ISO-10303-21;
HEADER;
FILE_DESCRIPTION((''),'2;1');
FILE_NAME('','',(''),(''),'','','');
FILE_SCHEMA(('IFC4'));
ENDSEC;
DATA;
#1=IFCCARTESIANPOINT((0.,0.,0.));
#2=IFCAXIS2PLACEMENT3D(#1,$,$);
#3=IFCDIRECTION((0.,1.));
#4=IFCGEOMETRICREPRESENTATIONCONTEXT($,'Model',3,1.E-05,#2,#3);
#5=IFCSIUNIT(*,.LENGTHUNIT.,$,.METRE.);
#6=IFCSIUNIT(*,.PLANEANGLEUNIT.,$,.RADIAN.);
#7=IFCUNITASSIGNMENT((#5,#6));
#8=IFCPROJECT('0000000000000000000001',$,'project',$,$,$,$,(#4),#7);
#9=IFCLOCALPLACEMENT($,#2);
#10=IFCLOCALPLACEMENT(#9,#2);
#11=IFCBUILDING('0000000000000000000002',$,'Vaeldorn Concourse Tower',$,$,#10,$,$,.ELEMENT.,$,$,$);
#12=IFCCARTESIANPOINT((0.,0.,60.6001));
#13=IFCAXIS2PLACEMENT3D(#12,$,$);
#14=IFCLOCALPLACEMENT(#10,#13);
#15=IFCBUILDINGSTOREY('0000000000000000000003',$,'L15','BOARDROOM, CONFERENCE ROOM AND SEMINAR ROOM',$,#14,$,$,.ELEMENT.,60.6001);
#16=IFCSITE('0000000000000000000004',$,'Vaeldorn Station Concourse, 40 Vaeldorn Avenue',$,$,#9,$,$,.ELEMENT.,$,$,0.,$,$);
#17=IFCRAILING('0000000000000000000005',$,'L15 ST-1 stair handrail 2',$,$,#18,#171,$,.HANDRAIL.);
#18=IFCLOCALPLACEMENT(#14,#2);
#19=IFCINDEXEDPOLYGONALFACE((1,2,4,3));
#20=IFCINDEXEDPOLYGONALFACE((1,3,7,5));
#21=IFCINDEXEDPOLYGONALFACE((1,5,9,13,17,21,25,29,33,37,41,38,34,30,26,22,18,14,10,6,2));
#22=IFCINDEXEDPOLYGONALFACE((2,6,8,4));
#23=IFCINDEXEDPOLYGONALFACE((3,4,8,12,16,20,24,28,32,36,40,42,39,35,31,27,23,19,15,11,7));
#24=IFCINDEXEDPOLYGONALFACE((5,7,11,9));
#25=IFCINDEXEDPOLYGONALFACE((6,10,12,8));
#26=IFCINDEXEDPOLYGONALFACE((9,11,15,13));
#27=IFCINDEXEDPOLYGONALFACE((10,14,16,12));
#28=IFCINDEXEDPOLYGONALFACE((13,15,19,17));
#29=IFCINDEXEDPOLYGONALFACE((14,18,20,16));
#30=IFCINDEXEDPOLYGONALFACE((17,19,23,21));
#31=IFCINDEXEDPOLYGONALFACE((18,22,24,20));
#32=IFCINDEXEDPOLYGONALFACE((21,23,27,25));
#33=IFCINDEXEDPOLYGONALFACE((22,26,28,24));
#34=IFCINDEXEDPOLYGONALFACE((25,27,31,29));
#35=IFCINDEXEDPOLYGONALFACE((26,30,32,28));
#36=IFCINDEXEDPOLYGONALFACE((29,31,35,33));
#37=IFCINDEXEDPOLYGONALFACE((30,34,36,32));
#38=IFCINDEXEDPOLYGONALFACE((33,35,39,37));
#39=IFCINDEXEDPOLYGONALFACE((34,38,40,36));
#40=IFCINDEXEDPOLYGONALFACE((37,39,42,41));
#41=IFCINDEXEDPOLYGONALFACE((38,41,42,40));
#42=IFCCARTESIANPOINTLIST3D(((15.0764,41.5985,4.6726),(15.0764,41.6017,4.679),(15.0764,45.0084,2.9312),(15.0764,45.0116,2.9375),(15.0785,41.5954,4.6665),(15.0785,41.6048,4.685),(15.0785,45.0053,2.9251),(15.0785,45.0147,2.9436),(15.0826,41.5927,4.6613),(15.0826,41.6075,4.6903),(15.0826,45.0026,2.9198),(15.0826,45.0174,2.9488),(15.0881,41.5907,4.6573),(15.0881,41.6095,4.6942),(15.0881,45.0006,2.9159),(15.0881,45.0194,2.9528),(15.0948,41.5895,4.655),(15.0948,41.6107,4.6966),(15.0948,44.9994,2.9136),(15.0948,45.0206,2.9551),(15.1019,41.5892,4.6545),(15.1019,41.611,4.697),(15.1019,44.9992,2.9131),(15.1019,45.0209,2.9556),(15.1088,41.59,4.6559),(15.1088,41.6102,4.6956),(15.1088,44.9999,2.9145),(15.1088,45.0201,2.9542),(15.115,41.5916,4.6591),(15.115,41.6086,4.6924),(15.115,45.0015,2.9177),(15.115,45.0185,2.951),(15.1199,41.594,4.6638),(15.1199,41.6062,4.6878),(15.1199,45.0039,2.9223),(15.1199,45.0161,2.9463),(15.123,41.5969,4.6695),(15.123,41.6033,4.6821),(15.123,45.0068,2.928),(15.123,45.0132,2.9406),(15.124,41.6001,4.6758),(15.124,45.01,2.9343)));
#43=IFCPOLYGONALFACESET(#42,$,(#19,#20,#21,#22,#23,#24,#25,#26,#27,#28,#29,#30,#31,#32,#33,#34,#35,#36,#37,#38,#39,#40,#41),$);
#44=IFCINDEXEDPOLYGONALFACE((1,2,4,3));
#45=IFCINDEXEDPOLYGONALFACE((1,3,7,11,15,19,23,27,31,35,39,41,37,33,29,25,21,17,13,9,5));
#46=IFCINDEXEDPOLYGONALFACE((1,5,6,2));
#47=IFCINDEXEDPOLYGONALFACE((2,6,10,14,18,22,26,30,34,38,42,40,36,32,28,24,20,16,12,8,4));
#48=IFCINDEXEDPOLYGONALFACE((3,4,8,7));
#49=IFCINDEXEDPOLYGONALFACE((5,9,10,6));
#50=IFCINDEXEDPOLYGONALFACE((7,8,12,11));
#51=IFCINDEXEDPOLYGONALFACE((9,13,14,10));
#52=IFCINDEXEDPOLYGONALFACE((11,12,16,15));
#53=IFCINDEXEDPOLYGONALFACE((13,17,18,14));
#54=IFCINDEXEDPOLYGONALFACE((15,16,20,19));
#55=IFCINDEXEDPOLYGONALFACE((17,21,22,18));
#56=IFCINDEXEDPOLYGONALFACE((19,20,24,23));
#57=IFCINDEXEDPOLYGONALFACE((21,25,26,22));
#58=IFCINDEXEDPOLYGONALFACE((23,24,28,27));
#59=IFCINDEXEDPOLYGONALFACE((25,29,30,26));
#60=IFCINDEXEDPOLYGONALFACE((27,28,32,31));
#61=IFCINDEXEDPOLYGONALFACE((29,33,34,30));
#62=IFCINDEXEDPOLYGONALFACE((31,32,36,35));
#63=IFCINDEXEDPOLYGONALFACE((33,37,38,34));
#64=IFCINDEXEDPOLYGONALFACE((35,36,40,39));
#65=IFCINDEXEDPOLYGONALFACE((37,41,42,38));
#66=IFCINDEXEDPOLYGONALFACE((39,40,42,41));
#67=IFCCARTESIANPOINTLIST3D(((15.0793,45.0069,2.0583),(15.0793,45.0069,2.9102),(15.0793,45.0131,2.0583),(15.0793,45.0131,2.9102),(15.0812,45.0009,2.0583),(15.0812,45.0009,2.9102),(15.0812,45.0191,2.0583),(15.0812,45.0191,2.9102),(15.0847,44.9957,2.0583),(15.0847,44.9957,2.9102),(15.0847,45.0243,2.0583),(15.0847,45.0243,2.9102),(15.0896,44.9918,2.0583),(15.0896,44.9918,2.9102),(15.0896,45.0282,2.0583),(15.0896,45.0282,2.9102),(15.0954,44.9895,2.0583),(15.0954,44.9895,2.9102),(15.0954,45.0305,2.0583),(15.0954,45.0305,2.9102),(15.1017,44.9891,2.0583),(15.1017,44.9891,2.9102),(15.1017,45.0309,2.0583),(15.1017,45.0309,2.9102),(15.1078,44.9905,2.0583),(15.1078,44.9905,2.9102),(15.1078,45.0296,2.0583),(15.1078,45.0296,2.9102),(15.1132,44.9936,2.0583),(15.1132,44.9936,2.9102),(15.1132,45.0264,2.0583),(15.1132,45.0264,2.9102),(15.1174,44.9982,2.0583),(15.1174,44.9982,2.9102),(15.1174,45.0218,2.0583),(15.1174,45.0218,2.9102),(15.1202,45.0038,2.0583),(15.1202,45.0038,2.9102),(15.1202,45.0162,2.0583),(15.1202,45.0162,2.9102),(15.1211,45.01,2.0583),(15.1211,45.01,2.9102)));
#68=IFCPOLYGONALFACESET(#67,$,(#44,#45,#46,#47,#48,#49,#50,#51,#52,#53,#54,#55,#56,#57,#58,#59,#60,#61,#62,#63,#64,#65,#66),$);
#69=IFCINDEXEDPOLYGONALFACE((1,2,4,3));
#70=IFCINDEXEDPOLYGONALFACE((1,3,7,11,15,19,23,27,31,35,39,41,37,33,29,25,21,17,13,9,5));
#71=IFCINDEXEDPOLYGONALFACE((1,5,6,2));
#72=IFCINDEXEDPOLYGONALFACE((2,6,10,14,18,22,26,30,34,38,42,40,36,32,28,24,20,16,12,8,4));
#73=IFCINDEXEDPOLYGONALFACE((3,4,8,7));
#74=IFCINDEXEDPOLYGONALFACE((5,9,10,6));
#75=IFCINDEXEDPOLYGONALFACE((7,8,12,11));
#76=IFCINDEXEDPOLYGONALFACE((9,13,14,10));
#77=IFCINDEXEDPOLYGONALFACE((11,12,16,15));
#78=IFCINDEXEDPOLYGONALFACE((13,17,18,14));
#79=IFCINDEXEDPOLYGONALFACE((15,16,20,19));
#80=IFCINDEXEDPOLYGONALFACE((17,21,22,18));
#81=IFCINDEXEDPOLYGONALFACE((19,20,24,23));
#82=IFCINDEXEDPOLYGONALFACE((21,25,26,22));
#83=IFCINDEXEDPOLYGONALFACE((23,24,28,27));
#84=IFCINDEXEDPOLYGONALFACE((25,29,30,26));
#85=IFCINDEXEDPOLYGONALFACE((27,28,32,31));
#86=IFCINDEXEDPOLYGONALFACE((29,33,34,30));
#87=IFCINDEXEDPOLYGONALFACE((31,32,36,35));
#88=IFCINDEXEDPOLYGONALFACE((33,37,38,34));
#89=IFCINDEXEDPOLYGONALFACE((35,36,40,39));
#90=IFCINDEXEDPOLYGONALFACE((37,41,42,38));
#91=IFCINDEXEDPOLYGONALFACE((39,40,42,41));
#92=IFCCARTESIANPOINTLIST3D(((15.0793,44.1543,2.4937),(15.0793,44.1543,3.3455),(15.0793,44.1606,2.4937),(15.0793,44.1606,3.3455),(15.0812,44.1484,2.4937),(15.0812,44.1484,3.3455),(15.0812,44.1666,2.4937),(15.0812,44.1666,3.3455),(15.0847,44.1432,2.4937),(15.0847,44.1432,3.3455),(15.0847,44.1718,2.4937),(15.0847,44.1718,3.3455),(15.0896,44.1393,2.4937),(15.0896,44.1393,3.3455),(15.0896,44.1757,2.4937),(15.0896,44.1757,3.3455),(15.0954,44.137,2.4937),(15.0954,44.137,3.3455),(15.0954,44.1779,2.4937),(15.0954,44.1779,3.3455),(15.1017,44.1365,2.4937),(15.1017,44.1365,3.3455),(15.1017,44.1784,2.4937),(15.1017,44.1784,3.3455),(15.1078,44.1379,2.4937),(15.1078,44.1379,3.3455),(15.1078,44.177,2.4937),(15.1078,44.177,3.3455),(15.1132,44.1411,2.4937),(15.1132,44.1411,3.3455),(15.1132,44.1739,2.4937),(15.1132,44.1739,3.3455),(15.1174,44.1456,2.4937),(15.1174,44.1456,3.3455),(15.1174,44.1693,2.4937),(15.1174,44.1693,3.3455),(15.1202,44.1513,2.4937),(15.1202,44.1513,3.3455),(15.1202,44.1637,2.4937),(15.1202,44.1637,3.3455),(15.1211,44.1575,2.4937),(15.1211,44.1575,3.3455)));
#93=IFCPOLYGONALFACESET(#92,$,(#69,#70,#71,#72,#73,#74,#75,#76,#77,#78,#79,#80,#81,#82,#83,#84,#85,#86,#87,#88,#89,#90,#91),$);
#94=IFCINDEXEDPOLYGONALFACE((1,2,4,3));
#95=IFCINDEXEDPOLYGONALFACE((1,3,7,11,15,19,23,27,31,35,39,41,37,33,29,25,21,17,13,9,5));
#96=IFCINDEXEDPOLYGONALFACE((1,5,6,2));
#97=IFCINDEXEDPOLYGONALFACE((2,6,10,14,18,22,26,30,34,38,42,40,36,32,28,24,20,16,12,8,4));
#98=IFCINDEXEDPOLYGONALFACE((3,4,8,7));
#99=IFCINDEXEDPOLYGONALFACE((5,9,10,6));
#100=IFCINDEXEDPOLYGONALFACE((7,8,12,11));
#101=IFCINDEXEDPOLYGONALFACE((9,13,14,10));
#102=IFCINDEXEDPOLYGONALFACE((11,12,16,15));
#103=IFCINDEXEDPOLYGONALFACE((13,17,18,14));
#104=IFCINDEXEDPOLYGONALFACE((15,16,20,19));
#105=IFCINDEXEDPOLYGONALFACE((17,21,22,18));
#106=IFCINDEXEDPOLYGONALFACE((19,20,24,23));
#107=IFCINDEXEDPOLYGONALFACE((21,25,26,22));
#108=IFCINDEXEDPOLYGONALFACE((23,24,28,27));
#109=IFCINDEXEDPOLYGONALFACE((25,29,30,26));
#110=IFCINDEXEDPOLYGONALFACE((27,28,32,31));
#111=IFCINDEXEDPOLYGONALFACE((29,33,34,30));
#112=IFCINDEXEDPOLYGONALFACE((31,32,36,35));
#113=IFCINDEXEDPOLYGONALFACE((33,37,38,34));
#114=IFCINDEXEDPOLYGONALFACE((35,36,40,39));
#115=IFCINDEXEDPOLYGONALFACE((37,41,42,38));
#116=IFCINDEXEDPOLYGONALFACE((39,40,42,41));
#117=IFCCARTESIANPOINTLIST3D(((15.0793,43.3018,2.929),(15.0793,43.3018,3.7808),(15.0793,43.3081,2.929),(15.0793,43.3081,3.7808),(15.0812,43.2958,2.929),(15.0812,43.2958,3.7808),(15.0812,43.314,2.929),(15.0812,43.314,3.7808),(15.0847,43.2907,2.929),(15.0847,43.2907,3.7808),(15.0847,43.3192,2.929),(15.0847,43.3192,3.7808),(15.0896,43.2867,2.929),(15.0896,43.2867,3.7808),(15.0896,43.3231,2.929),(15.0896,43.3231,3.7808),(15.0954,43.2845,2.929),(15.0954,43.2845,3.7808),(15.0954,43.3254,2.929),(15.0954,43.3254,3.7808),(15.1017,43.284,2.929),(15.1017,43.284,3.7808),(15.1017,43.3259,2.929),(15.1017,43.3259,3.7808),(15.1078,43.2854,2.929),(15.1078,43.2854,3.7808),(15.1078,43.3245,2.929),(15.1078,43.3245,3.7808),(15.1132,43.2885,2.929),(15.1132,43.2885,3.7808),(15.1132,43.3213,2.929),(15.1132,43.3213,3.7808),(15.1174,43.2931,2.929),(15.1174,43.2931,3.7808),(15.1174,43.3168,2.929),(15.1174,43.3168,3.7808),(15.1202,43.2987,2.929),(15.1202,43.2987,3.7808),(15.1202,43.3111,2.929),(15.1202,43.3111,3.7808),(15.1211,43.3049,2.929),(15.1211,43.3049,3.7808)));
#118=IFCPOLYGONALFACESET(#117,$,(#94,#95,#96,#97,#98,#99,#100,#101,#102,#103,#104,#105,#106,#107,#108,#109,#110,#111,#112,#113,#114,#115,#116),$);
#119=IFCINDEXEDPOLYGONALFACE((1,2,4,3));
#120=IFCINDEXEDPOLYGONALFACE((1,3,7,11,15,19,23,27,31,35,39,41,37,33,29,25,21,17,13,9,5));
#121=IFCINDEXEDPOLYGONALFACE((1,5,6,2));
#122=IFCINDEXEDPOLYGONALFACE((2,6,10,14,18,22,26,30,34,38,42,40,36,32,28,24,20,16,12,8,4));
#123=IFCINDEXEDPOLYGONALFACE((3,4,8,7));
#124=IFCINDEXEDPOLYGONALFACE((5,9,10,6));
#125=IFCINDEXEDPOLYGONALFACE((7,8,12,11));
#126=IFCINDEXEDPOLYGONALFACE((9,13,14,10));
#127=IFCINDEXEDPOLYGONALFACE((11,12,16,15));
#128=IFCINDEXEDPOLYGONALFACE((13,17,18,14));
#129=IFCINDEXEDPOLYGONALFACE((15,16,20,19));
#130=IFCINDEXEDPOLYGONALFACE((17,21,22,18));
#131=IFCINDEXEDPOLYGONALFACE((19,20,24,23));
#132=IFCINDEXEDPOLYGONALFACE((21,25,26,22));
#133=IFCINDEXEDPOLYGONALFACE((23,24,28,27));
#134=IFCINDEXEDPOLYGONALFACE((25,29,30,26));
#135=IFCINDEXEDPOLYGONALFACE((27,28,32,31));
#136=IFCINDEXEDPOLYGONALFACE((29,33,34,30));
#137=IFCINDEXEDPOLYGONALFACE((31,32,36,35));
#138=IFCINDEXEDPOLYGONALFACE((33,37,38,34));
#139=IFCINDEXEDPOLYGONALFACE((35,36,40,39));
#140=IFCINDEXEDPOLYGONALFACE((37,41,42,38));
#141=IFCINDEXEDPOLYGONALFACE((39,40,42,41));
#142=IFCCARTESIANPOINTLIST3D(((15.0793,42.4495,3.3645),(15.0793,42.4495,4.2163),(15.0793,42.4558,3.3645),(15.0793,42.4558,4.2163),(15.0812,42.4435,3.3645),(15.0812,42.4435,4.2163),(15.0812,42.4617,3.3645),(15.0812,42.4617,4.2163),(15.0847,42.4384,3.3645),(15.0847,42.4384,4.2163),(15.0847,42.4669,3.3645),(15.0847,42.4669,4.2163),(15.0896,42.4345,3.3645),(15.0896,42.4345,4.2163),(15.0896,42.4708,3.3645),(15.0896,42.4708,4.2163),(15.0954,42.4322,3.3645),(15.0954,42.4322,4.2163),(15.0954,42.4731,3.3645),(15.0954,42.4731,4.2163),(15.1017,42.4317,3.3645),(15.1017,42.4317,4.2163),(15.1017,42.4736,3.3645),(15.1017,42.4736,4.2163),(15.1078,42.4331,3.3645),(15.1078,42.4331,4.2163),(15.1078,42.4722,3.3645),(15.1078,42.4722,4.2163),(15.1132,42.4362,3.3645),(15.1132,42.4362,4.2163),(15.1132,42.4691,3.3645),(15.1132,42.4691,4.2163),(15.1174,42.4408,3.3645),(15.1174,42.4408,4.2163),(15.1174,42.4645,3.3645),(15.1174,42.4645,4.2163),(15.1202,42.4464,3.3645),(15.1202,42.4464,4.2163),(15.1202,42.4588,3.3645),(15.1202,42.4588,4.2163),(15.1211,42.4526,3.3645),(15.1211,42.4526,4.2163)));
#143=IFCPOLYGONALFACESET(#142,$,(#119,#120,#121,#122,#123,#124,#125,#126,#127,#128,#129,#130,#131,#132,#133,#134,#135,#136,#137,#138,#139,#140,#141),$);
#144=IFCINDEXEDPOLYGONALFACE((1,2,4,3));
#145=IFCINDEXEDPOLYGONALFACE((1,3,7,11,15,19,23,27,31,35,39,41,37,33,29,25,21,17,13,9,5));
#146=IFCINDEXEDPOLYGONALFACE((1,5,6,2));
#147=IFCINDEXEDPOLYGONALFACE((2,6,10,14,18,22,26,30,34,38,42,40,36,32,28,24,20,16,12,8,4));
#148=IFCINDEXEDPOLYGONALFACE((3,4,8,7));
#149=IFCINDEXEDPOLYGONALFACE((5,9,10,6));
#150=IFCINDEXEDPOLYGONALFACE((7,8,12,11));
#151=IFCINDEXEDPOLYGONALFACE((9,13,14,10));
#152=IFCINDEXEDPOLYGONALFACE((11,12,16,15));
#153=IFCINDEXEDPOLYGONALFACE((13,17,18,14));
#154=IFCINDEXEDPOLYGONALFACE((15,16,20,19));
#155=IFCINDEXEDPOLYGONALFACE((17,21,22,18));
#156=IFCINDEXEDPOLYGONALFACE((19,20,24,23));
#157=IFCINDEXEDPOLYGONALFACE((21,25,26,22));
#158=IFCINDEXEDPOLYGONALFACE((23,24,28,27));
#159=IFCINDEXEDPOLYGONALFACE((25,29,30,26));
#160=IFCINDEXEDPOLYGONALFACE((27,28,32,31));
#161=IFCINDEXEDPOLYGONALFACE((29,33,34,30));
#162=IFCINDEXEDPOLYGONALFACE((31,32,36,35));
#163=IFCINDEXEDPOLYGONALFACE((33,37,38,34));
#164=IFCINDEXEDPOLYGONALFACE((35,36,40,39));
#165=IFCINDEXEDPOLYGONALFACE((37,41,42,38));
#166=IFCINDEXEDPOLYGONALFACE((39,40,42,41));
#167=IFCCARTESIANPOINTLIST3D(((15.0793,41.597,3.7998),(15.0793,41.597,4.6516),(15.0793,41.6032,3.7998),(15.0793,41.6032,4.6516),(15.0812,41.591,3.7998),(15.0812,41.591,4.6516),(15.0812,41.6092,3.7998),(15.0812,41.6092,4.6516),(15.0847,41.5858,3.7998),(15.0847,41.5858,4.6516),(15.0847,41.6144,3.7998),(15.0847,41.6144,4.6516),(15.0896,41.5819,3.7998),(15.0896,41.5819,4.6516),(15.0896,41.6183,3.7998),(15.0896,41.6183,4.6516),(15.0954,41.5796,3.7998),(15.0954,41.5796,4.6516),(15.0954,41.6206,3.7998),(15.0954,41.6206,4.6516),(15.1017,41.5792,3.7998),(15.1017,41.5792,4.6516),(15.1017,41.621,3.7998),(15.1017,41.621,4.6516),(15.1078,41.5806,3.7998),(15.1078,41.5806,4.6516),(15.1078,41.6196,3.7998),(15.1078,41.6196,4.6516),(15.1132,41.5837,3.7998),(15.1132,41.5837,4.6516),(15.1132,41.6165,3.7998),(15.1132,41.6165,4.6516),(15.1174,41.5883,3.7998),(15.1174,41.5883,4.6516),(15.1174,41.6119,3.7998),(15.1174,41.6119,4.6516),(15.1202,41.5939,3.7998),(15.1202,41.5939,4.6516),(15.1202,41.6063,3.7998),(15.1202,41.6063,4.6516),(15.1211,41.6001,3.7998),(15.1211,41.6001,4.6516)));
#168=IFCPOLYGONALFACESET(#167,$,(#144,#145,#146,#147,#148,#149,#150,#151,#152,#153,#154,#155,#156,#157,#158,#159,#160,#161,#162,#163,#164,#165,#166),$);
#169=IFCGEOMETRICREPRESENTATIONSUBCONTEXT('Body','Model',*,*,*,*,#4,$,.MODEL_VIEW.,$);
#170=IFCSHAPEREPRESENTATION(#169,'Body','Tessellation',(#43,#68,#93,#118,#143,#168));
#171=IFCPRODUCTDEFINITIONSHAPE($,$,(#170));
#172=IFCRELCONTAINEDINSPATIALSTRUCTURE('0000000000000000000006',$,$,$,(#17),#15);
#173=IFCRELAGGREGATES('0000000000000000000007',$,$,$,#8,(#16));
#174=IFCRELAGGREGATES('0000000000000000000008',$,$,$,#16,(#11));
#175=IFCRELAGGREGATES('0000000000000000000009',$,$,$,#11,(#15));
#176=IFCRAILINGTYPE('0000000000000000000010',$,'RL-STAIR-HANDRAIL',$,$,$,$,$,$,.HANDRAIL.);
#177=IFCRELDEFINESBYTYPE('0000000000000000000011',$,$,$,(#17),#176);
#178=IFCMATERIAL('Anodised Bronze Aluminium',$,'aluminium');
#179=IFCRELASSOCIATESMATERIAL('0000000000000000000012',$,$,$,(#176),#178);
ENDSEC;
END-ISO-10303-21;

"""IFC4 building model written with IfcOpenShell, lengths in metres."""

from ifc_helpers import new_model, si_unit, direction, frame, origin, origin_2d, place, context, subcontext, project, spatial, circle, extrude, material, type_object, element, save


model = new_model("IFC4")

# Units and contexts
model_context = context("Model", 3, precision=1e-05, world=origin(), true_north=direction((0.0, 1.0)))
body_context = subcontext(model_context, "Body", "Model", "MODEL_VIEW")
ifc_project = project(units=[si_unit("LENGTHUNIT", "METRE"), si_unit("PLANEANGLEUNIT", "RADIAN")], contexts=[model_context])

# Site, building, storey
site_placement = place(None, origin())
site = spatial("IfcSite", under=ifc_project, at=site_placement, Name="Vaeldorn Station Concourse, 40 Vaeldorn Avenue", CompositionType="ELEMENT", RefElevation=0.0)
building_placement = place(site_placement, origin())
building = spatial("IfcBuilding", under=site, at=building_placement, Name="Vaeldorn Concourse Tower", CompositionType="ELEMENT")
storey_placement = place(building_placement, frame((0.0, 0.0, 60.6001)))
storey = spatial("IfcBuildingStorey", under=building, at=storey_placement, Name="L15", Description="BOARDROOM, CONFERENCE ROOM AND SEMINAR ROOM", CompositionType="ELEMENT", Elevation=60.6001)

# Shared definitions
ifc_material_1 = material(Name="Anodised Bronze Aluminium", Category="aluminium")

# Railing
railing_type_1 = type_object("IfcRailingType", Name="RL-STAIR-HANDRAIL", PredefinedType="HANDRAIL", material=ifc_material_1)
railing_1_placement = place(storey_placement, frame((15.1001, 45.01, 2.0583)))
element("IfcRailing", 1, at=railing_1_placement, inside=storey, type_object=railing_type_1, Name="L15 ST-1 stair handrail 2", PredefinedType="HANDRAIL", context=body_context, shape_type="SweptSolid", body=[
    extrude(circle(Radius=0.0239, at=origin_2d()), frame((0.0, 0.0, 0.876), z_axis=(0.0, -0.890582, 0.454823), x_axis=(1.0, 0.0, 0.0)), (0.0, 0.0, 1.0), 3.8289),
    extrude(circle(Radius=0.021, at=origin_2d()), origin(), (0.0, 0.0, 1.0), 0.8518),
    extrude(circle(Radius=0.021, at=origin_2d()), frame((0.0, -0.8525, 0.4353)), (0.0, 0.0, 1.0), 0.8518),
    extrude(circle(Radius=0.021, at=origin_2d()), frame((0.0, -1.7051, 0.8706)), (0.0, 0.0, 1.0), 0.8518),
    extrude(circle(Radius=0.021, at=origin_2d()), frame((0.0, -2.5574, 1.3062)), (0.0, 0.0, 1.0), 0.8518),
    extrude(circle(Radius=0.021, at=origin_2d()), frame((0.0, -3.4099, 1.7415)), (0.0, 0.0, 1.0), 0.8518),
])

save(model, "model.ifc")
